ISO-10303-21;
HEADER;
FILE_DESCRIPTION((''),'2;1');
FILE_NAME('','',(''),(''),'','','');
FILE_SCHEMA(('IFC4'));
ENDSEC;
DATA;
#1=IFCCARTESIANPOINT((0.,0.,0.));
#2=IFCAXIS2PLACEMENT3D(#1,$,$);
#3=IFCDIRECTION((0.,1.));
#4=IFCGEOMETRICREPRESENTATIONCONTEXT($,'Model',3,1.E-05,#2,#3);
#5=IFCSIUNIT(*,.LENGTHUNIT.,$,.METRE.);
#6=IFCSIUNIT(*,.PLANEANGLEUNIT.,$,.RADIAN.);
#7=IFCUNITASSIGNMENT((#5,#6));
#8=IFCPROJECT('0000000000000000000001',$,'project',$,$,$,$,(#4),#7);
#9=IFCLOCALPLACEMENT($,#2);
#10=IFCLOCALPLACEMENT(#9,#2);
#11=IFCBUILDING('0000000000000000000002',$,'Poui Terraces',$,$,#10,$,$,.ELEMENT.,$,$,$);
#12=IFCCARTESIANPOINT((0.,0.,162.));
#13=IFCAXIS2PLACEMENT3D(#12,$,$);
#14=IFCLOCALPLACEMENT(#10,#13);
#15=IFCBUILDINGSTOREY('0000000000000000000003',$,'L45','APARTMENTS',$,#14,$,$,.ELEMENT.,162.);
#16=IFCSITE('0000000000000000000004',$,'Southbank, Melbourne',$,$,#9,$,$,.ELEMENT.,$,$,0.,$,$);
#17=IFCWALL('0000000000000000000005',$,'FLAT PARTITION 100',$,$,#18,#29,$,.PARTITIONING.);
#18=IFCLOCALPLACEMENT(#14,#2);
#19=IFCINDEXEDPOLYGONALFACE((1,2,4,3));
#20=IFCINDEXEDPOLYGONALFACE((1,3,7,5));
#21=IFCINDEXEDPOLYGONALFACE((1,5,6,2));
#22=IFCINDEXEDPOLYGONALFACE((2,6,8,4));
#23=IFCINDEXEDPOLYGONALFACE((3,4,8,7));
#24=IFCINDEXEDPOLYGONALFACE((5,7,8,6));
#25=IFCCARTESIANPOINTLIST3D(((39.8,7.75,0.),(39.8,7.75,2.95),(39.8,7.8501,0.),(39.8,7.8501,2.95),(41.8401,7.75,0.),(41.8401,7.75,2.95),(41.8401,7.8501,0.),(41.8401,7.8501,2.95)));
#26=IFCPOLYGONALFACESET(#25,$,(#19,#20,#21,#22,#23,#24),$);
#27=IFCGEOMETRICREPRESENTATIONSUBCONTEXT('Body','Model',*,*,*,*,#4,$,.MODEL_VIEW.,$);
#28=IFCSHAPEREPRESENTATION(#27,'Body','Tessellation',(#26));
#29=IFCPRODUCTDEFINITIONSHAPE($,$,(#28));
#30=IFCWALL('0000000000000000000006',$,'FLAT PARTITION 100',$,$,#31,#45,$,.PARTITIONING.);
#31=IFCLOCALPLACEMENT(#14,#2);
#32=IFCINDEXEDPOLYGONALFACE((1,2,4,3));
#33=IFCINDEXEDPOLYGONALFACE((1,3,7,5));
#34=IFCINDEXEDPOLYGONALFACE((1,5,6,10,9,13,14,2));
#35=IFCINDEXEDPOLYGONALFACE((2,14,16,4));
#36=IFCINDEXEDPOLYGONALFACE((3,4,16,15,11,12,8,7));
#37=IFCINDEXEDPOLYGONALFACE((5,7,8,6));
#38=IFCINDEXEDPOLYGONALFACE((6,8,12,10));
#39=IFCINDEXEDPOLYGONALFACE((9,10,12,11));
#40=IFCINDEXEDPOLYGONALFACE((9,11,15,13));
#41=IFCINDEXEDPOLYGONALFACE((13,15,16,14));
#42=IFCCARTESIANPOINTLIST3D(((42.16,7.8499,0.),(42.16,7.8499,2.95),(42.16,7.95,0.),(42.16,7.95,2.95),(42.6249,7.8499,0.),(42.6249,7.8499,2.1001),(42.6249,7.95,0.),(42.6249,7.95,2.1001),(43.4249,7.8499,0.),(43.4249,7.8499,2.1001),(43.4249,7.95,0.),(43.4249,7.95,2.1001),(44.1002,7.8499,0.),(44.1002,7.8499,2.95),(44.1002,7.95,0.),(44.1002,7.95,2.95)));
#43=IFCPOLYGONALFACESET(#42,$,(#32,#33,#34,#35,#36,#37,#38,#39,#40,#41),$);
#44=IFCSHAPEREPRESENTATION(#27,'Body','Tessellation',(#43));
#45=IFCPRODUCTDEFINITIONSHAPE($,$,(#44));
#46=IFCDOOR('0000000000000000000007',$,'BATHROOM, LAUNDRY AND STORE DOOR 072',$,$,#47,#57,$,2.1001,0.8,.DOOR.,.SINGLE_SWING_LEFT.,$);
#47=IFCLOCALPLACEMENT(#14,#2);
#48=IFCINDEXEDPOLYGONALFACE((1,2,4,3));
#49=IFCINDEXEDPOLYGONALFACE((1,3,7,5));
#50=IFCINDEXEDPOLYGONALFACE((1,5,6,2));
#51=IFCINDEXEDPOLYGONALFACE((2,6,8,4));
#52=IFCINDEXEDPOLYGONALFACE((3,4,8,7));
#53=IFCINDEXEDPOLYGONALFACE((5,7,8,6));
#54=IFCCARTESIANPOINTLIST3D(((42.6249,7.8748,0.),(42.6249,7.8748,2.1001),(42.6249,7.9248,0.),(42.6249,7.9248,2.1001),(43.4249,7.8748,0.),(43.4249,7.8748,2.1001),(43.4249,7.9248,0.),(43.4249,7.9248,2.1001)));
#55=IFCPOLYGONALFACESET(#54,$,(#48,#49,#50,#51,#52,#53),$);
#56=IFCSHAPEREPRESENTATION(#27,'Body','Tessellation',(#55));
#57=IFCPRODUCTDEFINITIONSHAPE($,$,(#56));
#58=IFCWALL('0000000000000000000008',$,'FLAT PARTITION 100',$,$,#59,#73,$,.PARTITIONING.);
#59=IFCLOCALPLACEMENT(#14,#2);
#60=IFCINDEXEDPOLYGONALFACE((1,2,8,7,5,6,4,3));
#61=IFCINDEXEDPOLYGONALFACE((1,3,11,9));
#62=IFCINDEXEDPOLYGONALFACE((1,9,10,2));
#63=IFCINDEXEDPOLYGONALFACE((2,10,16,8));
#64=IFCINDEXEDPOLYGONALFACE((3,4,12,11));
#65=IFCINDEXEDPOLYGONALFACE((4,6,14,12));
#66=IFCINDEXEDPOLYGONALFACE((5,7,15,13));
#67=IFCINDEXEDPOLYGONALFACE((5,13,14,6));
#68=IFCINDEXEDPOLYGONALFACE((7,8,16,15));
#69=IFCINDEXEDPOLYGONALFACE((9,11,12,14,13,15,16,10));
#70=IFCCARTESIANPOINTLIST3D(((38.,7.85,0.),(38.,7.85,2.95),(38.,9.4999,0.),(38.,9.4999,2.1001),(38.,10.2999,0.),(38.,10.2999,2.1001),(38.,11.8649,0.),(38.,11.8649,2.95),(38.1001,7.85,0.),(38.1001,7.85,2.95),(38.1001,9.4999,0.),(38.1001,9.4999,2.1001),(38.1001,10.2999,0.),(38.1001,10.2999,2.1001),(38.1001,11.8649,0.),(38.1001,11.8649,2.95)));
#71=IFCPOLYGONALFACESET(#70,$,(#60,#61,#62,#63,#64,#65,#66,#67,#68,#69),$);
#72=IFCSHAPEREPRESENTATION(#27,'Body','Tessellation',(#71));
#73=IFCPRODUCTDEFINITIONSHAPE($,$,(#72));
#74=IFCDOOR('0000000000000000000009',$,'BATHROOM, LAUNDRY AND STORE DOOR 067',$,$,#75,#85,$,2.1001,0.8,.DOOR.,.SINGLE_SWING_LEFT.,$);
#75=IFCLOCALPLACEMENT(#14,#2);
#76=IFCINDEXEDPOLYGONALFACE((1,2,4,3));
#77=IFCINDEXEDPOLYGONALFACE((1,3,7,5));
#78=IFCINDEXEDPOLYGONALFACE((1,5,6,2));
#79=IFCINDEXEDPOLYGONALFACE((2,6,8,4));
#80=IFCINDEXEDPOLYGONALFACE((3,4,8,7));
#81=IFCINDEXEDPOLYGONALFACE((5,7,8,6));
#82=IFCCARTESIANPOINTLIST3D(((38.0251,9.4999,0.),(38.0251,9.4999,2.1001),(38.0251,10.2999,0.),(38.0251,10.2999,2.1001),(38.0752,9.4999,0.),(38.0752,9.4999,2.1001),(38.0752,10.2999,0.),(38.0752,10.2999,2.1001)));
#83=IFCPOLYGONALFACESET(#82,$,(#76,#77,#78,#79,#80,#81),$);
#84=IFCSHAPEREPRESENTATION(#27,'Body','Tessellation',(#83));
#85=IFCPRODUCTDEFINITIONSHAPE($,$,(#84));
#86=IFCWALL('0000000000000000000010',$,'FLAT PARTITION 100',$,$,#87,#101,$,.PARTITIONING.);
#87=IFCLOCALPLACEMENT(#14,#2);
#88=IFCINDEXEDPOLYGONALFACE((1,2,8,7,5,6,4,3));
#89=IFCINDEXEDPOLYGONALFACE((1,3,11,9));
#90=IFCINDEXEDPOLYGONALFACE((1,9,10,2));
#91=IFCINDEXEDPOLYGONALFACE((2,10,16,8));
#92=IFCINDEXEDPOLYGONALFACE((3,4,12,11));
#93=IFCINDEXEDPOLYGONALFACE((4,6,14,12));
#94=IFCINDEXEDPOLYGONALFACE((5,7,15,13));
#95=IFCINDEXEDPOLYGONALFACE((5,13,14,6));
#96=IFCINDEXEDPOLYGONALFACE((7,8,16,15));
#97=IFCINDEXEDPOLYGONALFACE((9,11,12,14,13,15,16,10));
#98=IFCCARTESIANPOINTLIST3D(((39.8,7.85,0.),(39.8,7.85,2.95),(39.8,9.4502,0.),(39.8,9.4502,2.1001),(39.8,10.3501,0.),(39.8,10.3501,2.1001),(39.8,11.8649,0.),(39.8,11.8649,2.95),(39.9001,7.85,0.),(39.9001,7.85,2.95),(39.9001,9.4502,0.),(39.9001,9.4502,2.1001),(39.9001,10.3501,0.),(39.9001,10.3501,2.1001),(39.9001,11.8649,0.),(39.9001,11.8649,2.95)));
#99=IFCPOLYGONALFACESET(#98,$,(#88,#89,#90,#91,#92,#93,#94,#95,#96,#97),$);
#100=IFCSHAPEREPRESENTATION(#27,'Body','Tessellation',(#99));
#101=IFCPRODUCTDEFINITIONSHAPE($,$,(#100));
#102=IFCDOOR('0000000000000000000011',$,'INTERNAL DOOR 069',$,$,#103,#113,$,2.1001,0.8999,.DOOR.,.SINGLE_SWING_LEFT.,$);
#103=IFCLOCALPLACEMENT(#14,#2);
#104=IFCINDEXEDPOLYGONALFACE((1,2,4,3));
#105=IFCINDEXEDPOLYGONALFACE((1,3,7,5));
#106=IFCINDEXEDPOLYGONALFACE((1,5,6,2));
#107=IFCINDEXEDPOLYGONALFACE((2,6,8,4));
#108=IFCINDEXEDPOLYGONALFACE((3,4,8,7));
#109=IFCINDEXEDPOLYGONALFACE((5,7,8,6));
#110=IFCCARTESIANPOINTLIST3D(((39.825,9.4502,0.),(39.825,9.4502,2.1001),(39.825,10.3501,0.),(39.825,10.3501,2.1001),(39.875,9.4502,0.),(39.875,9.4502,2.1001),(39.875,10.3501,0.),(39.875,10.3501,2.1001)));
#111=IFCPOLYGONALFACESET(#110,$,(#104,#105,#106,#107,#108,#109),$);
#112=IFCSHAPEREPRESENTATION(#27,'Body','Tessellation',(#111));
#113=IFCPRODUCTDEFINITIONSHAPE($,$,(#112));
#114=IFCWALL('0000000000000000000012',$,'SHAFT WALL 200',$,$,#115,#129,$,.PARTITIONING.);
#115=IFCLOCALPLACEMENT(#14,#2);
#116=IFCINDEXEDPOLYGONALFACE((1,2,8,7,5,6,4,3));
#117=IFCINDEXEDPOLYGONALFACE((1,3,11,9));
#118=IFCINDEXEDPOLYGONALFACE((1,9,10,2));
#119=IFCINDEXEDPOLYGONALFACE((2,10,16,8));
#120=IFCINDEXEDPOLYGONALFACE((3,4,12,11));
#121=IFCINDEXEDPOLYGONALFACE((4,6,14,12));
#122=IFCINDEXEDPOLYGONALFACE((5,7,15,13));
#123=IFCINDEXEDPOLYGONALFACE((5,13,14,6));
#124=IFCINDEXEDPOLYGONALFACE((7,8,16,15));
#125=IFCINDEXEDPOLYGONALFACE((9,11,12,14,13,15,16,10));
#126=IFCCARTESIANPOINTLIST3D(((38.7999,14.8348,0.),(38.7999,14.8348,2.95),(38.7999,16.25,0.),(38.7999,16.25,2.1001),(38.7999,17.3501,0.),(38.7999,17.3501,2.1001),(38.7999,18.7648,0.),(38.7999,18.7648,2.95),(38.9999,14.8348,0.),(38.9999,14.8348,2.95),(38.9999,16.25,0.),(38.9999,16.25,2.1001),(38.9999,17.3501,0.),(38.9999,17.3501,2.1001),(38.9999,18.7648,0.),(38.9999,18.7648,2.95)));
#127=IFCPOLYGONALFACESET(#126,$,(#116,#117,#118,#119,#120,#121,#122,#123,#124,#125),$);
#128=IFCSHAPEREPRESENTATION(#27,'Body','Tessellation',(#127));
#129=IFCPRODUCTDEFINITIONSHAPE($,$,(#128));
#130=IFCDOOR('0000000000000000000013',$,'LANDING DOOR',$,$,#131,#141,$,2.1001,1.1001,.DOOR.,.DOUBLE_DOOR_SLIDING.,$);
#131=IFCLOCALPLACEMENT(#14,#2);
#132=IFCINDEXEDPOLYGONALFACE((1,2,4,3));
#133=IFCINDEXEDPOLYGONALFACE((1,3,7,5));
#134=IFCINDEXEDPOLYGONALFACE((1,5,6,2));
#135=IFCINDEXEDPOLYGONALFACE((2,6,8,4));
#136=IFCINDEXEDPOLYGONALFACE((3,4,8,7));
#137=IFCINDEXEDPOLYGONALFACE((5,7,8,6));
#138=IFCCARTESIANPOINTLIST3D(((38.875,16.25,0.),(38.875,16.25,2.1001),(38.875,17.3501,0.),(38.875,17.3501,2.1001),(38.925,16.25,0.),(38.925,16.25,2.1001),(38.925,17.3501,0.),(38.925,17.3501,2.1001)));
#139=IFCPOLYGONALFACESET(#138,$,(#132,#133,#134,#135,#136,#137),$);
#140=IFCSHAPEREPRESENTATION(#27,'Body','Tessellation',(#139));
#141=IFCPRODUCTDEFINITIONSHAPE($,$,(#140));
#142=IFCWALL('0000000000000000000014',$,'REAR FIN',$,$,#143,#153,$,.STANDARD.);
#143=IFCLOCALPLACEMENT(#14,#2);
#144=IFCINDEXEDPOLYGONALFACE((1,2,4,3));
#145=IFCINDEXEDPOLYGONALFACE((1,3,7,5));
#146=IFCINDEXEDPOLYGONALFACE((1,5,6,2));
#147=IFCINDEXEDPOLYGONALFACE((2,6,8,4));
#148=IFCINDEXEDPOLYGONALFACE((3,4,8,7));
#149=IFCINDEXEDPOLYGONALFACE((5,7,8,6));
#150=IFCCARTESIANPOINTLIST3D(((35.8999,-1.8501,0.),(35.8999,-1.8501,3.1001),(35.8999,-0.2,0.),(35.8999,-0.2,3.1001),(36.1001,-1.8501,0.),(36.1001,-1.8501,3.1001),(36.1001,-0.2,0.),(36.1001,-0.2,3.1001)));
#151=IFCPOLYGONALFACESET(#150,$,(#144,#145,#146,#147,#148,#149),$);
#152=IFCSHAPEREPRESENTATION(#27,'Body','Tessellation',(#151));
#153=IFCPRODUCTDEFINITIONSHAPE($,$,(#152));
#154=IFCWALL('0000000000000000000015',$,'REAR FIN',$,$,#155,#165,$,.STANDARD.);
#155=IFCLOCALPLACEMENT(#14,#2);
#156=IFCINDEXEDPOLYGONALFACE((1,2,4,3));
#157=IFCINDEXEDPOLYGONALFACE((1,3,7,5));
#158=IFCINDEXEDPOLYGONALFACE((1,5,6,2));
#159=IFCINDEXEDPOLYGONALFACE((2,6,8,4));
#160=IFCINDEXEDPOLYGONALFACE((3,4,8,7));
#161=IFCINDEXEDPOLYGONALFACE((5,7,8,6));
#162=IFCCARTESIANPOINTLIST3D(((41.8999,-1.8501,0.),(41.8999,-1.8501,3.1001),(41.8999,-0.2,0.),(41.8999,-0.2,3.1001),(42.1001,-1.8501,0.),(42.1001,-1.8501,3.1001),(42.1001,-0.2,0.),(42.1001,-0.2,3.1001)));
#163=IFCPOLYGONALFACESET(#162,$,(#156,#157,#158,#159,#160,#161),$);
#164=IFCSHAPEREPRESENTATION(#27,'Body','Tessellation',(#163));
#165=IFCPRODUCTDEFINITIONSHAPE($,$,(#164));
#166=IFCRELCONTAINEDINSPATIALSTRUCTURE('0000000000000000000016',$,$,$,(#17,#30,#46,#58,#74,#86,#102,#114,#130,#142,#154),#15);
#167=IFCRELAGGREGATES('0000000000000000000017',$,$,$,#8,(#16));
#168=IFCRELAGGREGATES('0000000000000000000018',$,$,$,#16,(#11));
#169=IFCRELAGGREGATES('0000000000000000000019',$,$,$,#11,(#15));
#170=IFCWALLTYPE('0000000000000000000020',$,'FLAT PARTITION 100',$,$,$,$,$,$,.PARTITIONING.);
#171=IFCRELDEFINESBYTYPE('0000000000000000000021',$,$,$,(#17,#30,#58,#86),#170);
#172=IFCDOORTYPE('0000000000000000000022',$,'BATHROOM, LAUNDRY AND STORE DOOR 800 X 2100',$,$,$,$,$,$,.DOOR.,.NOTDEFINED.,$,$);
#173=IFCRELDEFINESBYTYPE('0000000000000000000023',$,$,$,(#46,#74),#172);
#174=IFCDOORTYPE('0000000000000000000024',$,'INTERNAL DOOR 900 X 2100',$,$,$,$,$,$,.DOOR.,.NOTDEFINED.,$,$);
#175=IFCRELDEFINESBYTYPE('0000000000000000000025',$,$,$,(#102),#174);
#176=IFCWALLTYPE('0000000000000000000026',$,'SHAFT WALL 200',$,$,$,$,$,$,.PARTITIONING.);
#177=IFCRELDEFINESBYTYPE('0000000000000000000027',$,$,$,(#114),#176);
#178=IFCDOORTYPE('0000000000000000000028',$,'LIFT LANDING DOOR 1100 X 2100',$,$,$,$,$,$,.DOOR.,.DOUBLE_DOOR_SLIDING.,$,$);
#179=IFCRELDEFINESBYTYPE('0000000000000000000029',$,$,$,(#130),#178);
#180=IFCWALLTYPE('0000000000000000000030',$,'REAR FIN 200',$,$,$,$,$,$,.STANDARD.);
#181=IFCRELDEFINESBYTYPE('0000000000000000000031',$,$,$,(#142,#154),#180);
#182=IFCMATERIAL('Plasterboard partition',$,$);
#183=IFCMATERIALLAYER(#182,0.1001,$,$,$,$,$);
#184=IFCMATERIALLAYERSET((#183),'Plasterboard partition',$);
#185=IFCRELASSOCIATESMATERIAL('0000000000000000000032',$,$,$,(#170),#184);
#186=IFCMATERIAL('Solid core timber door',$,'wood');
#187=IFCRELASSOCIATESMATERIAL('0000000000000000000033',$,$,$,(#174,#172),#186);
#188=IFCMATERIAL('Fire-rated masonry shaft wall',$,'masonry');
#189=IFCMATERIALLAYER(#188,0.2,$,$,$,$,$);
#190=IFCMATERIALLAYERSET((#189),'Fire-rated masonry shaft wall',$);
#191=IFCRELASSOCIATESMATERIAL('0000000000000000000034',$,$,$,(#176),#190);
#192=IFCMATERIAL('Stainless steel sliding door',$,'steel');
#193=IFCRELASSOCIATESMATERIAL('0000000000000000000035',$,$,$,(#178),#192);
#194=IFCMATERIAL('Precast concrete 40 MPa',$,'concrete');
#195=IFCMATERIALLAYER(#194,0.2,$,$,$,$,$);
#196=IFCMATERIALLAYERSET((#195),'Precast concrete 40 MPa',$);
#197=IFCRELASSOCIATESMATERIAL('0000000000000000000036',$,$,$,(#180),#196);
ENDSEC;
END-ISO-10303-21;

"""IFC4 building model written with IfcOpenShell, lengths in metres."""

from ifc_helpers import new_model, si_unit, direction, frame, frame_2d, origin, place, context, subcontext, project, spatial, polyline, rectangle, outline, extrude, source, transform, mapped, material, layer, layer_set, type_object, element, fill, save


model = new_model("IFC4")

# Units and contexts
model_context = context("Model", 3, precision=1e-05, world=origin(), true_north=direction((0.0, 1.0)))
body_context = subcontext(model_context, "Body", "Model", "MODEL_VIEW")
ifc_project = project(units=[si_unit("LENGTHUNIT", "METRE"), si_unit("PLANEANGLEUNIT", "RADIAN")], contexts=[model_context])

# Site, building, storey
site_placement = place(None, origin())
site = spatial("IfcSite", under=ifc_project, at=site_placement, Name="Southbank, Melbourne", CompositionType="ELEMENT", RefElevation=0.0)
building_placement = place(site_placement, origin())
building = spatial("IfcBuilding", under=site, at=building_placement, Name="Poui Terraces", CompositionType="ELEMENT")
storey_placement = place(building_placement, frame((0.0, 0.0, 162.0)))
storey = spatial("IfcBuildingStorey", under=building, at=storey_placement, Name="L45", Description="APARTMENTS", CompositionType="ELEMENT", Elevation=162.0)

# Shared definitions
ifc_material_1 = material(Name="Precast concrete 40 MPa", Category="concrete")

# Shared definitions
ifc_material_2 = material(Name="Plasterboard partition")
ifc_layer_1 = layer(ifc_material_2, 0.1001)
ifc_layer_set_1 = layer_set([ifc_layer_1], Name="Plasterboard partition")
wall_type_1 = type_object("IfcWallType", Name="FLAT PARTITION 100", PredefinedType="PARTITIONING", material=ifc_layer_set_1)
ifc_material_3 = material(Name="Solid core timber door", Category="wood")
door_type_1 = type_object("IfcDoorType", Name="INTERNAL DOOR 900 X 2100", OperationType="NOTDEFINED", PredefinedType="DOOR", material=ifc_material_3)

# Wall
wall_1_placement = place(storey_placement, frame((39.8, 7.8, 0.0), z_axis=(0.0, 0.0, 1.0), x_axis=(1.0, 0.0, 0.0)))
element("IfcWall", 1, at=wall_1_placement, inside=storey, type_object=wall_type_1, Name="FLAT PARTITION 100", PredefinedType="PARTITIONING", context=body_context, shape_type="SweptSolid", body=[
    extrude(rectangle(XDim=2.04, YDim=0.1001, at=frame_2d((1.02, 0.0))), origin(), (0.0, 0.0, 1.0), 2.95),
])

# Walls, openings, doors
wall_2_placement = place(storey_placement, frame((42.1599, 7.8999, 0.0), z_axis=(0.0, 0.0, 1.0), x_axis=(1.0, 0.0, 0.0)))
wall_2 = element("IfcWall", 2, at=wall_2_placement, inside=storey, type_object=wall_type_1, Name="FLAT PARTITION 100", PredefinedType="PARTITIONING", context=body_context, shape_type="SweptSolid", body=[
    extrude(rectangle(XDim=1.9402, YDim=0.1001, at=frame_2d((0.9702, 0.0))), origin(), (0.0, 0.0, 1.0), 2.95),
])
opening_1_placement = place(wall_2_placement, frame((0.4651, 0.0, 0.0)))
opening_1 = element("IfcOpeningElement", 3, at=opening_1_placement, cuts=wall_2, PredefinedType="OPENING", context=body_context, shape_type="SweptSolid", body=[
    extrude(rectangle(XDim=0.8, YDim=2.1001, at=frame_2d((0.3999, 1.05))), frame((0.0, 0.0601, 0.0), z_axis=(0.0, -1.0, 0.0), x_axis=(1.0, 0.0, 0.0)), (0.0, 0.0, 1.0), 0.1201),
])
door_type_2 = type_object("IfcDoorType", Name="BATHROOM, LAUNDRY AND STORE DOOR 800 X 2100", OperationType="NOTDEFINED", PredefinedType="DOOR", material=ifc_material_3)
door_1_placement = place(opening_1_placement, origin())
door_1 = element("IfcDoor", 4, at=door_1_placement, inside=storey, type_object=door_type_2, Name="BATHROOM, LAUNDRY AND STORE DOOR 072", OperationType="SINGLE_SWING_LEFT", OverallHeight=2.1001, OverallWidth=0.8, PredefinedType="DOOR", context=body_context, shape_type="SweptSolid", body=[
    extrude(rectangle(XDim=0.8, YDim=2.1001, at=frame_2d((0.3999, 1.05))), frame((0.0, 0.0249, 0.0), z_axis=(0.0, -1.0, 0.0), x_axis=(1.0, 0.0, 0.0)), (0.0, 0.0, 1.0), 0.05),
])
fill(opening_1, door_1)
wall_3_placement = place(storey_placement, frame((38.05, 7.8501, 0.0), z_axis=(0.0, 0.0, 1.0), x_axis=(0.0, 1.0, 0.0)))
wall_3 = element("IfcWall", 5, at=wall_3_placement, inside=storey, type_object=wall_type_1, Name="FLAT PARTITION 100", PredefinedType="PARTITIONING", context=body_context, shape_type="SweptSolid", body=[
    extrude(rectangle(XDim=4.0149, YDim=0.1001, at=frame_2d((2.0073, 0.0))), origin(), (0.0, 0.0, 1.0), 2.95),
])
opening_2_placement = place(wall_3_placement, frame((1.6499, 0.0, 0.0)))
opening_2 = element("IfcOpeningElement", 6, at=opening_2_placement, cuts=wall_3, PredefinedType="OPENING", context=body_context, shape_type="SweptSolid", body=[
    extrude(rectangle(XDim=0.8, YDim=2.1001, at=frame_2d((0.3999, 1.05))), frame((0.0, 0.0601, 0.0), z_axis=(0.0, -1.0, 0.0), x_axis=(1.0, 0.0, 0.0)), (0.0, 0.0, 1.0), 0.1201),
])
door_2_placement = place(opening_2_placement, origin())
door_2 = element("IfcDoor", 7, at=door_2_placement, inside=storey, type_object=door_type_2, Name="BATHROOM, LAUNDRY AND STORE DOOR 067", OperationType="SINGLE_SWING_LEFT", OverallHeight=2.1001, OverallWidth=0.8, PredefinedType="DOOR", context=body_context, shape_type="SweptSolid", body=[
    extrude(rectangle(XDim=0.8, YDim=2.1001, at=frame_2d((0.3999, 1.05))), frame((0.0, 0.0249, 0.0), z_axis=(0.0, -1.0, 0.0), x_axis=(1.0, 0.0, 0.0)), (0.0, 0.0, 1.0), 0.05),
])
fill(opening_2, door_2)
wall_4_placement = place(storey_placement, frame((39.8501, 7.8501, 0.0), z_axis=(0.0, 0.0, 1.0), x_axis=(0.0, 1.0, 0.0)))
wall_4 = element("IfcWall", 8, at=wall_4_placement, inside=storey, type_object=wall_type_1, Name="FLAT PARTITION 100", PredefinedType="PARTITIONING", context=body_context, shape_type="SweptSolid", body=[
    extrude(rectangle(XDim=4.0149, YDim=0.1001, at=frame_2d((2.0073, 0.0))), origin(), (0.0, 0.0, 1.0), 2.95),
])
opening_3_placement = place(wall_4_placement, frame((1.6001, 0.0, 0.0)))
opening_3 = element("IfcOpeningElement", 9, at=opening_3_placement, cuts=wall_4, PredefinedType="OPENING", context=body_context, shape_type="SweptSolid", body=[
    extrude(rectangle(XDim=0.8999, YDim=2.1001, at=frame_2d((0.45, 1.05))), frame((0.0, 0.0601, 0.0), z_axis=(0.0, -1.0, 0.0), x_axis=(1.0, 0.0, 0.0)), (0.0, 0.0, 1.0), 0.1201),
])
door_3_placement = place(opening_3_placement, frame((0.8999, 0.0, 0.0), z_axis=(0.0, 0.0, 1.0), x_axis=(-1.0, 0.0, 0.0)))
door_3 = element("IfcDoor", 10, at=door_3_placement, inside=storey, type_object=door_type_1, Name="INTERNAL DOOR 069", OperationType="SINGLE_SWING_LEFT", OverallHeight=2.1001, OverallWidth=0.8999, PredefinedType="DOOR", context=body_context, shape_type="SweptSolid", body=[
    extrude(rectangle(XDim=0.8999, YDim=2.1001, at=frame_2d((0.45, 1.05))), frame((0.0, 0.0249, 0.0), z_axis=(0.0, -1.0, 0.0), x_axis=(1.0, 0.0, 0.0)), (0.0, 0.0, 1.0), 0.05),
])
fill(opening_3, door_3)
ifc_material_4 = material(Name="Fire-rated masonry shaft wall", Category="masonry")
ifc_layer_2 = layer(ifc_material_4, 0.2)
ifc_layer_set_2 = layer_set([ifc_layer_2], Name="Fire-rated masonry shaft wall")
wall_type_2 = type_object("IfcWallType", Name="SHAFT WALL 200", PredefinedType="PARTITIONING", material=ifc_layer_set_2)
wall_5_placement = place(storey_placement, frame((38.8999, 14.835, 0.0), z_axis=(0.0, 0.0, 1.0), x_axis=(0.0, 1.0, 0.0)))
wall_5 = element("IfcWall", 11, at=wall_5_placement, inside=storey, type_object=wall_type_2, Name="SHAFT WALL 200", PredefinedType="PARTITIONING", context=body_context, shape_type="SweptSolid", body=[
    extrude(rectangle(XDim=3.9299, YDim=0.2, at=frame_2d((1.9648, 0.0))), origin(), (0.0, 0.0, 1.0), 2.95),
])
opening_4_placement = place(wall_5_placement, frame((1.415, 0.0, 0.0)))
opening_4 = element("IfcOpeningElement", 12, at=opening_4_placement, cuts=wall_5, PredefinedType="OPENING", context=body_context, shape_type="SweptSolid", body=[
    extrude(rectangle(XDim=1.1001, YDim=2.1001, at=frame_2d((0.55, 1.05))), frame((0.0, 0.1099, 0.0), z_axis=(0.0, -1.0, 0.0), x_axis=(1.0, 0.0, 0.0)), (0.0, 0.0, 1.0), 0.22),
])
ifc_material_5 = material(Name="Stainless steel sliding door", Category="steel")
door_type_3 = type_object("IfcDoorType", Name="LIFT LANDING DOOR 1100 X 2100", OperationType="DOUBLE_DOOR_SLIDING", PredefinedType="DOOR", material=ifc_material_5)
door_4_placement = place(opening_4_placement, origin())
door_4 = element("IfcDoor", 13, at=door_4_placement, inside=storey, type_object=door_type_3, Name="LANDING DOOR", OperationType="DOUBLE_DOOR_SLIDING", OverallHeight=2.1001, OverallWidth=1.1001, PredefinedType="DOOR", context=body_context, shape_type="SweptSolid", body=[
    extrude(rectangle(XDim=1.1001, YDim=2.1001, at=frame_2d((0.55, 1.05))), frame((0.0, 0.0249, 0.0), z_axis=(0.0, -1.0, 0.0), x_axis=(1.0, 0.0, 0.0)), (0.0, 0.0, 1.0), 0.05),
])
fill(opening_4, door_4)

# Walls
ifc_layer_3 = layer(ifc_material_1, 0.2)
ifc_layer_set_3 = layer_set([ifc_layer_3], Name="Precast concrete 40 MPa")
wall_type_3 = type_object("IfcWallType", Name="REAR FIN 200", PredefinedType="STANDARD", material=ifc_layer_set_3)
shared_shape_1 = source(origin(), body_context, "Body", "SweptSolid", [
    extrude(outline(polyline([(0.0, 0.0), (0.2002, 0.0), (0.2002, 1.6501), (0.0, 1.6501), (0.0, 0.0)])), origin(), (0.0, 0.0, 1.0), 3.1001),
])
for number, where, name in (
    (14, (35.8999, -1.8501, 0.0), "REAR FIN"),
    (15, (41.8999, -1.8501, 0.0), "REAR FIN"),
):
    element("IfcWall", number, at=place(storey_placement, frame(where)), inside=storey, type_object=wall_type_3, Name=name, PredefinedType="STANDARD", context=body_context, shape_type="MappedRepresentation", body=[
        mapped(shared_shape_1, transform((0.0, 0.0, 0.0))),
    ])

save(model, "model.ifc")
